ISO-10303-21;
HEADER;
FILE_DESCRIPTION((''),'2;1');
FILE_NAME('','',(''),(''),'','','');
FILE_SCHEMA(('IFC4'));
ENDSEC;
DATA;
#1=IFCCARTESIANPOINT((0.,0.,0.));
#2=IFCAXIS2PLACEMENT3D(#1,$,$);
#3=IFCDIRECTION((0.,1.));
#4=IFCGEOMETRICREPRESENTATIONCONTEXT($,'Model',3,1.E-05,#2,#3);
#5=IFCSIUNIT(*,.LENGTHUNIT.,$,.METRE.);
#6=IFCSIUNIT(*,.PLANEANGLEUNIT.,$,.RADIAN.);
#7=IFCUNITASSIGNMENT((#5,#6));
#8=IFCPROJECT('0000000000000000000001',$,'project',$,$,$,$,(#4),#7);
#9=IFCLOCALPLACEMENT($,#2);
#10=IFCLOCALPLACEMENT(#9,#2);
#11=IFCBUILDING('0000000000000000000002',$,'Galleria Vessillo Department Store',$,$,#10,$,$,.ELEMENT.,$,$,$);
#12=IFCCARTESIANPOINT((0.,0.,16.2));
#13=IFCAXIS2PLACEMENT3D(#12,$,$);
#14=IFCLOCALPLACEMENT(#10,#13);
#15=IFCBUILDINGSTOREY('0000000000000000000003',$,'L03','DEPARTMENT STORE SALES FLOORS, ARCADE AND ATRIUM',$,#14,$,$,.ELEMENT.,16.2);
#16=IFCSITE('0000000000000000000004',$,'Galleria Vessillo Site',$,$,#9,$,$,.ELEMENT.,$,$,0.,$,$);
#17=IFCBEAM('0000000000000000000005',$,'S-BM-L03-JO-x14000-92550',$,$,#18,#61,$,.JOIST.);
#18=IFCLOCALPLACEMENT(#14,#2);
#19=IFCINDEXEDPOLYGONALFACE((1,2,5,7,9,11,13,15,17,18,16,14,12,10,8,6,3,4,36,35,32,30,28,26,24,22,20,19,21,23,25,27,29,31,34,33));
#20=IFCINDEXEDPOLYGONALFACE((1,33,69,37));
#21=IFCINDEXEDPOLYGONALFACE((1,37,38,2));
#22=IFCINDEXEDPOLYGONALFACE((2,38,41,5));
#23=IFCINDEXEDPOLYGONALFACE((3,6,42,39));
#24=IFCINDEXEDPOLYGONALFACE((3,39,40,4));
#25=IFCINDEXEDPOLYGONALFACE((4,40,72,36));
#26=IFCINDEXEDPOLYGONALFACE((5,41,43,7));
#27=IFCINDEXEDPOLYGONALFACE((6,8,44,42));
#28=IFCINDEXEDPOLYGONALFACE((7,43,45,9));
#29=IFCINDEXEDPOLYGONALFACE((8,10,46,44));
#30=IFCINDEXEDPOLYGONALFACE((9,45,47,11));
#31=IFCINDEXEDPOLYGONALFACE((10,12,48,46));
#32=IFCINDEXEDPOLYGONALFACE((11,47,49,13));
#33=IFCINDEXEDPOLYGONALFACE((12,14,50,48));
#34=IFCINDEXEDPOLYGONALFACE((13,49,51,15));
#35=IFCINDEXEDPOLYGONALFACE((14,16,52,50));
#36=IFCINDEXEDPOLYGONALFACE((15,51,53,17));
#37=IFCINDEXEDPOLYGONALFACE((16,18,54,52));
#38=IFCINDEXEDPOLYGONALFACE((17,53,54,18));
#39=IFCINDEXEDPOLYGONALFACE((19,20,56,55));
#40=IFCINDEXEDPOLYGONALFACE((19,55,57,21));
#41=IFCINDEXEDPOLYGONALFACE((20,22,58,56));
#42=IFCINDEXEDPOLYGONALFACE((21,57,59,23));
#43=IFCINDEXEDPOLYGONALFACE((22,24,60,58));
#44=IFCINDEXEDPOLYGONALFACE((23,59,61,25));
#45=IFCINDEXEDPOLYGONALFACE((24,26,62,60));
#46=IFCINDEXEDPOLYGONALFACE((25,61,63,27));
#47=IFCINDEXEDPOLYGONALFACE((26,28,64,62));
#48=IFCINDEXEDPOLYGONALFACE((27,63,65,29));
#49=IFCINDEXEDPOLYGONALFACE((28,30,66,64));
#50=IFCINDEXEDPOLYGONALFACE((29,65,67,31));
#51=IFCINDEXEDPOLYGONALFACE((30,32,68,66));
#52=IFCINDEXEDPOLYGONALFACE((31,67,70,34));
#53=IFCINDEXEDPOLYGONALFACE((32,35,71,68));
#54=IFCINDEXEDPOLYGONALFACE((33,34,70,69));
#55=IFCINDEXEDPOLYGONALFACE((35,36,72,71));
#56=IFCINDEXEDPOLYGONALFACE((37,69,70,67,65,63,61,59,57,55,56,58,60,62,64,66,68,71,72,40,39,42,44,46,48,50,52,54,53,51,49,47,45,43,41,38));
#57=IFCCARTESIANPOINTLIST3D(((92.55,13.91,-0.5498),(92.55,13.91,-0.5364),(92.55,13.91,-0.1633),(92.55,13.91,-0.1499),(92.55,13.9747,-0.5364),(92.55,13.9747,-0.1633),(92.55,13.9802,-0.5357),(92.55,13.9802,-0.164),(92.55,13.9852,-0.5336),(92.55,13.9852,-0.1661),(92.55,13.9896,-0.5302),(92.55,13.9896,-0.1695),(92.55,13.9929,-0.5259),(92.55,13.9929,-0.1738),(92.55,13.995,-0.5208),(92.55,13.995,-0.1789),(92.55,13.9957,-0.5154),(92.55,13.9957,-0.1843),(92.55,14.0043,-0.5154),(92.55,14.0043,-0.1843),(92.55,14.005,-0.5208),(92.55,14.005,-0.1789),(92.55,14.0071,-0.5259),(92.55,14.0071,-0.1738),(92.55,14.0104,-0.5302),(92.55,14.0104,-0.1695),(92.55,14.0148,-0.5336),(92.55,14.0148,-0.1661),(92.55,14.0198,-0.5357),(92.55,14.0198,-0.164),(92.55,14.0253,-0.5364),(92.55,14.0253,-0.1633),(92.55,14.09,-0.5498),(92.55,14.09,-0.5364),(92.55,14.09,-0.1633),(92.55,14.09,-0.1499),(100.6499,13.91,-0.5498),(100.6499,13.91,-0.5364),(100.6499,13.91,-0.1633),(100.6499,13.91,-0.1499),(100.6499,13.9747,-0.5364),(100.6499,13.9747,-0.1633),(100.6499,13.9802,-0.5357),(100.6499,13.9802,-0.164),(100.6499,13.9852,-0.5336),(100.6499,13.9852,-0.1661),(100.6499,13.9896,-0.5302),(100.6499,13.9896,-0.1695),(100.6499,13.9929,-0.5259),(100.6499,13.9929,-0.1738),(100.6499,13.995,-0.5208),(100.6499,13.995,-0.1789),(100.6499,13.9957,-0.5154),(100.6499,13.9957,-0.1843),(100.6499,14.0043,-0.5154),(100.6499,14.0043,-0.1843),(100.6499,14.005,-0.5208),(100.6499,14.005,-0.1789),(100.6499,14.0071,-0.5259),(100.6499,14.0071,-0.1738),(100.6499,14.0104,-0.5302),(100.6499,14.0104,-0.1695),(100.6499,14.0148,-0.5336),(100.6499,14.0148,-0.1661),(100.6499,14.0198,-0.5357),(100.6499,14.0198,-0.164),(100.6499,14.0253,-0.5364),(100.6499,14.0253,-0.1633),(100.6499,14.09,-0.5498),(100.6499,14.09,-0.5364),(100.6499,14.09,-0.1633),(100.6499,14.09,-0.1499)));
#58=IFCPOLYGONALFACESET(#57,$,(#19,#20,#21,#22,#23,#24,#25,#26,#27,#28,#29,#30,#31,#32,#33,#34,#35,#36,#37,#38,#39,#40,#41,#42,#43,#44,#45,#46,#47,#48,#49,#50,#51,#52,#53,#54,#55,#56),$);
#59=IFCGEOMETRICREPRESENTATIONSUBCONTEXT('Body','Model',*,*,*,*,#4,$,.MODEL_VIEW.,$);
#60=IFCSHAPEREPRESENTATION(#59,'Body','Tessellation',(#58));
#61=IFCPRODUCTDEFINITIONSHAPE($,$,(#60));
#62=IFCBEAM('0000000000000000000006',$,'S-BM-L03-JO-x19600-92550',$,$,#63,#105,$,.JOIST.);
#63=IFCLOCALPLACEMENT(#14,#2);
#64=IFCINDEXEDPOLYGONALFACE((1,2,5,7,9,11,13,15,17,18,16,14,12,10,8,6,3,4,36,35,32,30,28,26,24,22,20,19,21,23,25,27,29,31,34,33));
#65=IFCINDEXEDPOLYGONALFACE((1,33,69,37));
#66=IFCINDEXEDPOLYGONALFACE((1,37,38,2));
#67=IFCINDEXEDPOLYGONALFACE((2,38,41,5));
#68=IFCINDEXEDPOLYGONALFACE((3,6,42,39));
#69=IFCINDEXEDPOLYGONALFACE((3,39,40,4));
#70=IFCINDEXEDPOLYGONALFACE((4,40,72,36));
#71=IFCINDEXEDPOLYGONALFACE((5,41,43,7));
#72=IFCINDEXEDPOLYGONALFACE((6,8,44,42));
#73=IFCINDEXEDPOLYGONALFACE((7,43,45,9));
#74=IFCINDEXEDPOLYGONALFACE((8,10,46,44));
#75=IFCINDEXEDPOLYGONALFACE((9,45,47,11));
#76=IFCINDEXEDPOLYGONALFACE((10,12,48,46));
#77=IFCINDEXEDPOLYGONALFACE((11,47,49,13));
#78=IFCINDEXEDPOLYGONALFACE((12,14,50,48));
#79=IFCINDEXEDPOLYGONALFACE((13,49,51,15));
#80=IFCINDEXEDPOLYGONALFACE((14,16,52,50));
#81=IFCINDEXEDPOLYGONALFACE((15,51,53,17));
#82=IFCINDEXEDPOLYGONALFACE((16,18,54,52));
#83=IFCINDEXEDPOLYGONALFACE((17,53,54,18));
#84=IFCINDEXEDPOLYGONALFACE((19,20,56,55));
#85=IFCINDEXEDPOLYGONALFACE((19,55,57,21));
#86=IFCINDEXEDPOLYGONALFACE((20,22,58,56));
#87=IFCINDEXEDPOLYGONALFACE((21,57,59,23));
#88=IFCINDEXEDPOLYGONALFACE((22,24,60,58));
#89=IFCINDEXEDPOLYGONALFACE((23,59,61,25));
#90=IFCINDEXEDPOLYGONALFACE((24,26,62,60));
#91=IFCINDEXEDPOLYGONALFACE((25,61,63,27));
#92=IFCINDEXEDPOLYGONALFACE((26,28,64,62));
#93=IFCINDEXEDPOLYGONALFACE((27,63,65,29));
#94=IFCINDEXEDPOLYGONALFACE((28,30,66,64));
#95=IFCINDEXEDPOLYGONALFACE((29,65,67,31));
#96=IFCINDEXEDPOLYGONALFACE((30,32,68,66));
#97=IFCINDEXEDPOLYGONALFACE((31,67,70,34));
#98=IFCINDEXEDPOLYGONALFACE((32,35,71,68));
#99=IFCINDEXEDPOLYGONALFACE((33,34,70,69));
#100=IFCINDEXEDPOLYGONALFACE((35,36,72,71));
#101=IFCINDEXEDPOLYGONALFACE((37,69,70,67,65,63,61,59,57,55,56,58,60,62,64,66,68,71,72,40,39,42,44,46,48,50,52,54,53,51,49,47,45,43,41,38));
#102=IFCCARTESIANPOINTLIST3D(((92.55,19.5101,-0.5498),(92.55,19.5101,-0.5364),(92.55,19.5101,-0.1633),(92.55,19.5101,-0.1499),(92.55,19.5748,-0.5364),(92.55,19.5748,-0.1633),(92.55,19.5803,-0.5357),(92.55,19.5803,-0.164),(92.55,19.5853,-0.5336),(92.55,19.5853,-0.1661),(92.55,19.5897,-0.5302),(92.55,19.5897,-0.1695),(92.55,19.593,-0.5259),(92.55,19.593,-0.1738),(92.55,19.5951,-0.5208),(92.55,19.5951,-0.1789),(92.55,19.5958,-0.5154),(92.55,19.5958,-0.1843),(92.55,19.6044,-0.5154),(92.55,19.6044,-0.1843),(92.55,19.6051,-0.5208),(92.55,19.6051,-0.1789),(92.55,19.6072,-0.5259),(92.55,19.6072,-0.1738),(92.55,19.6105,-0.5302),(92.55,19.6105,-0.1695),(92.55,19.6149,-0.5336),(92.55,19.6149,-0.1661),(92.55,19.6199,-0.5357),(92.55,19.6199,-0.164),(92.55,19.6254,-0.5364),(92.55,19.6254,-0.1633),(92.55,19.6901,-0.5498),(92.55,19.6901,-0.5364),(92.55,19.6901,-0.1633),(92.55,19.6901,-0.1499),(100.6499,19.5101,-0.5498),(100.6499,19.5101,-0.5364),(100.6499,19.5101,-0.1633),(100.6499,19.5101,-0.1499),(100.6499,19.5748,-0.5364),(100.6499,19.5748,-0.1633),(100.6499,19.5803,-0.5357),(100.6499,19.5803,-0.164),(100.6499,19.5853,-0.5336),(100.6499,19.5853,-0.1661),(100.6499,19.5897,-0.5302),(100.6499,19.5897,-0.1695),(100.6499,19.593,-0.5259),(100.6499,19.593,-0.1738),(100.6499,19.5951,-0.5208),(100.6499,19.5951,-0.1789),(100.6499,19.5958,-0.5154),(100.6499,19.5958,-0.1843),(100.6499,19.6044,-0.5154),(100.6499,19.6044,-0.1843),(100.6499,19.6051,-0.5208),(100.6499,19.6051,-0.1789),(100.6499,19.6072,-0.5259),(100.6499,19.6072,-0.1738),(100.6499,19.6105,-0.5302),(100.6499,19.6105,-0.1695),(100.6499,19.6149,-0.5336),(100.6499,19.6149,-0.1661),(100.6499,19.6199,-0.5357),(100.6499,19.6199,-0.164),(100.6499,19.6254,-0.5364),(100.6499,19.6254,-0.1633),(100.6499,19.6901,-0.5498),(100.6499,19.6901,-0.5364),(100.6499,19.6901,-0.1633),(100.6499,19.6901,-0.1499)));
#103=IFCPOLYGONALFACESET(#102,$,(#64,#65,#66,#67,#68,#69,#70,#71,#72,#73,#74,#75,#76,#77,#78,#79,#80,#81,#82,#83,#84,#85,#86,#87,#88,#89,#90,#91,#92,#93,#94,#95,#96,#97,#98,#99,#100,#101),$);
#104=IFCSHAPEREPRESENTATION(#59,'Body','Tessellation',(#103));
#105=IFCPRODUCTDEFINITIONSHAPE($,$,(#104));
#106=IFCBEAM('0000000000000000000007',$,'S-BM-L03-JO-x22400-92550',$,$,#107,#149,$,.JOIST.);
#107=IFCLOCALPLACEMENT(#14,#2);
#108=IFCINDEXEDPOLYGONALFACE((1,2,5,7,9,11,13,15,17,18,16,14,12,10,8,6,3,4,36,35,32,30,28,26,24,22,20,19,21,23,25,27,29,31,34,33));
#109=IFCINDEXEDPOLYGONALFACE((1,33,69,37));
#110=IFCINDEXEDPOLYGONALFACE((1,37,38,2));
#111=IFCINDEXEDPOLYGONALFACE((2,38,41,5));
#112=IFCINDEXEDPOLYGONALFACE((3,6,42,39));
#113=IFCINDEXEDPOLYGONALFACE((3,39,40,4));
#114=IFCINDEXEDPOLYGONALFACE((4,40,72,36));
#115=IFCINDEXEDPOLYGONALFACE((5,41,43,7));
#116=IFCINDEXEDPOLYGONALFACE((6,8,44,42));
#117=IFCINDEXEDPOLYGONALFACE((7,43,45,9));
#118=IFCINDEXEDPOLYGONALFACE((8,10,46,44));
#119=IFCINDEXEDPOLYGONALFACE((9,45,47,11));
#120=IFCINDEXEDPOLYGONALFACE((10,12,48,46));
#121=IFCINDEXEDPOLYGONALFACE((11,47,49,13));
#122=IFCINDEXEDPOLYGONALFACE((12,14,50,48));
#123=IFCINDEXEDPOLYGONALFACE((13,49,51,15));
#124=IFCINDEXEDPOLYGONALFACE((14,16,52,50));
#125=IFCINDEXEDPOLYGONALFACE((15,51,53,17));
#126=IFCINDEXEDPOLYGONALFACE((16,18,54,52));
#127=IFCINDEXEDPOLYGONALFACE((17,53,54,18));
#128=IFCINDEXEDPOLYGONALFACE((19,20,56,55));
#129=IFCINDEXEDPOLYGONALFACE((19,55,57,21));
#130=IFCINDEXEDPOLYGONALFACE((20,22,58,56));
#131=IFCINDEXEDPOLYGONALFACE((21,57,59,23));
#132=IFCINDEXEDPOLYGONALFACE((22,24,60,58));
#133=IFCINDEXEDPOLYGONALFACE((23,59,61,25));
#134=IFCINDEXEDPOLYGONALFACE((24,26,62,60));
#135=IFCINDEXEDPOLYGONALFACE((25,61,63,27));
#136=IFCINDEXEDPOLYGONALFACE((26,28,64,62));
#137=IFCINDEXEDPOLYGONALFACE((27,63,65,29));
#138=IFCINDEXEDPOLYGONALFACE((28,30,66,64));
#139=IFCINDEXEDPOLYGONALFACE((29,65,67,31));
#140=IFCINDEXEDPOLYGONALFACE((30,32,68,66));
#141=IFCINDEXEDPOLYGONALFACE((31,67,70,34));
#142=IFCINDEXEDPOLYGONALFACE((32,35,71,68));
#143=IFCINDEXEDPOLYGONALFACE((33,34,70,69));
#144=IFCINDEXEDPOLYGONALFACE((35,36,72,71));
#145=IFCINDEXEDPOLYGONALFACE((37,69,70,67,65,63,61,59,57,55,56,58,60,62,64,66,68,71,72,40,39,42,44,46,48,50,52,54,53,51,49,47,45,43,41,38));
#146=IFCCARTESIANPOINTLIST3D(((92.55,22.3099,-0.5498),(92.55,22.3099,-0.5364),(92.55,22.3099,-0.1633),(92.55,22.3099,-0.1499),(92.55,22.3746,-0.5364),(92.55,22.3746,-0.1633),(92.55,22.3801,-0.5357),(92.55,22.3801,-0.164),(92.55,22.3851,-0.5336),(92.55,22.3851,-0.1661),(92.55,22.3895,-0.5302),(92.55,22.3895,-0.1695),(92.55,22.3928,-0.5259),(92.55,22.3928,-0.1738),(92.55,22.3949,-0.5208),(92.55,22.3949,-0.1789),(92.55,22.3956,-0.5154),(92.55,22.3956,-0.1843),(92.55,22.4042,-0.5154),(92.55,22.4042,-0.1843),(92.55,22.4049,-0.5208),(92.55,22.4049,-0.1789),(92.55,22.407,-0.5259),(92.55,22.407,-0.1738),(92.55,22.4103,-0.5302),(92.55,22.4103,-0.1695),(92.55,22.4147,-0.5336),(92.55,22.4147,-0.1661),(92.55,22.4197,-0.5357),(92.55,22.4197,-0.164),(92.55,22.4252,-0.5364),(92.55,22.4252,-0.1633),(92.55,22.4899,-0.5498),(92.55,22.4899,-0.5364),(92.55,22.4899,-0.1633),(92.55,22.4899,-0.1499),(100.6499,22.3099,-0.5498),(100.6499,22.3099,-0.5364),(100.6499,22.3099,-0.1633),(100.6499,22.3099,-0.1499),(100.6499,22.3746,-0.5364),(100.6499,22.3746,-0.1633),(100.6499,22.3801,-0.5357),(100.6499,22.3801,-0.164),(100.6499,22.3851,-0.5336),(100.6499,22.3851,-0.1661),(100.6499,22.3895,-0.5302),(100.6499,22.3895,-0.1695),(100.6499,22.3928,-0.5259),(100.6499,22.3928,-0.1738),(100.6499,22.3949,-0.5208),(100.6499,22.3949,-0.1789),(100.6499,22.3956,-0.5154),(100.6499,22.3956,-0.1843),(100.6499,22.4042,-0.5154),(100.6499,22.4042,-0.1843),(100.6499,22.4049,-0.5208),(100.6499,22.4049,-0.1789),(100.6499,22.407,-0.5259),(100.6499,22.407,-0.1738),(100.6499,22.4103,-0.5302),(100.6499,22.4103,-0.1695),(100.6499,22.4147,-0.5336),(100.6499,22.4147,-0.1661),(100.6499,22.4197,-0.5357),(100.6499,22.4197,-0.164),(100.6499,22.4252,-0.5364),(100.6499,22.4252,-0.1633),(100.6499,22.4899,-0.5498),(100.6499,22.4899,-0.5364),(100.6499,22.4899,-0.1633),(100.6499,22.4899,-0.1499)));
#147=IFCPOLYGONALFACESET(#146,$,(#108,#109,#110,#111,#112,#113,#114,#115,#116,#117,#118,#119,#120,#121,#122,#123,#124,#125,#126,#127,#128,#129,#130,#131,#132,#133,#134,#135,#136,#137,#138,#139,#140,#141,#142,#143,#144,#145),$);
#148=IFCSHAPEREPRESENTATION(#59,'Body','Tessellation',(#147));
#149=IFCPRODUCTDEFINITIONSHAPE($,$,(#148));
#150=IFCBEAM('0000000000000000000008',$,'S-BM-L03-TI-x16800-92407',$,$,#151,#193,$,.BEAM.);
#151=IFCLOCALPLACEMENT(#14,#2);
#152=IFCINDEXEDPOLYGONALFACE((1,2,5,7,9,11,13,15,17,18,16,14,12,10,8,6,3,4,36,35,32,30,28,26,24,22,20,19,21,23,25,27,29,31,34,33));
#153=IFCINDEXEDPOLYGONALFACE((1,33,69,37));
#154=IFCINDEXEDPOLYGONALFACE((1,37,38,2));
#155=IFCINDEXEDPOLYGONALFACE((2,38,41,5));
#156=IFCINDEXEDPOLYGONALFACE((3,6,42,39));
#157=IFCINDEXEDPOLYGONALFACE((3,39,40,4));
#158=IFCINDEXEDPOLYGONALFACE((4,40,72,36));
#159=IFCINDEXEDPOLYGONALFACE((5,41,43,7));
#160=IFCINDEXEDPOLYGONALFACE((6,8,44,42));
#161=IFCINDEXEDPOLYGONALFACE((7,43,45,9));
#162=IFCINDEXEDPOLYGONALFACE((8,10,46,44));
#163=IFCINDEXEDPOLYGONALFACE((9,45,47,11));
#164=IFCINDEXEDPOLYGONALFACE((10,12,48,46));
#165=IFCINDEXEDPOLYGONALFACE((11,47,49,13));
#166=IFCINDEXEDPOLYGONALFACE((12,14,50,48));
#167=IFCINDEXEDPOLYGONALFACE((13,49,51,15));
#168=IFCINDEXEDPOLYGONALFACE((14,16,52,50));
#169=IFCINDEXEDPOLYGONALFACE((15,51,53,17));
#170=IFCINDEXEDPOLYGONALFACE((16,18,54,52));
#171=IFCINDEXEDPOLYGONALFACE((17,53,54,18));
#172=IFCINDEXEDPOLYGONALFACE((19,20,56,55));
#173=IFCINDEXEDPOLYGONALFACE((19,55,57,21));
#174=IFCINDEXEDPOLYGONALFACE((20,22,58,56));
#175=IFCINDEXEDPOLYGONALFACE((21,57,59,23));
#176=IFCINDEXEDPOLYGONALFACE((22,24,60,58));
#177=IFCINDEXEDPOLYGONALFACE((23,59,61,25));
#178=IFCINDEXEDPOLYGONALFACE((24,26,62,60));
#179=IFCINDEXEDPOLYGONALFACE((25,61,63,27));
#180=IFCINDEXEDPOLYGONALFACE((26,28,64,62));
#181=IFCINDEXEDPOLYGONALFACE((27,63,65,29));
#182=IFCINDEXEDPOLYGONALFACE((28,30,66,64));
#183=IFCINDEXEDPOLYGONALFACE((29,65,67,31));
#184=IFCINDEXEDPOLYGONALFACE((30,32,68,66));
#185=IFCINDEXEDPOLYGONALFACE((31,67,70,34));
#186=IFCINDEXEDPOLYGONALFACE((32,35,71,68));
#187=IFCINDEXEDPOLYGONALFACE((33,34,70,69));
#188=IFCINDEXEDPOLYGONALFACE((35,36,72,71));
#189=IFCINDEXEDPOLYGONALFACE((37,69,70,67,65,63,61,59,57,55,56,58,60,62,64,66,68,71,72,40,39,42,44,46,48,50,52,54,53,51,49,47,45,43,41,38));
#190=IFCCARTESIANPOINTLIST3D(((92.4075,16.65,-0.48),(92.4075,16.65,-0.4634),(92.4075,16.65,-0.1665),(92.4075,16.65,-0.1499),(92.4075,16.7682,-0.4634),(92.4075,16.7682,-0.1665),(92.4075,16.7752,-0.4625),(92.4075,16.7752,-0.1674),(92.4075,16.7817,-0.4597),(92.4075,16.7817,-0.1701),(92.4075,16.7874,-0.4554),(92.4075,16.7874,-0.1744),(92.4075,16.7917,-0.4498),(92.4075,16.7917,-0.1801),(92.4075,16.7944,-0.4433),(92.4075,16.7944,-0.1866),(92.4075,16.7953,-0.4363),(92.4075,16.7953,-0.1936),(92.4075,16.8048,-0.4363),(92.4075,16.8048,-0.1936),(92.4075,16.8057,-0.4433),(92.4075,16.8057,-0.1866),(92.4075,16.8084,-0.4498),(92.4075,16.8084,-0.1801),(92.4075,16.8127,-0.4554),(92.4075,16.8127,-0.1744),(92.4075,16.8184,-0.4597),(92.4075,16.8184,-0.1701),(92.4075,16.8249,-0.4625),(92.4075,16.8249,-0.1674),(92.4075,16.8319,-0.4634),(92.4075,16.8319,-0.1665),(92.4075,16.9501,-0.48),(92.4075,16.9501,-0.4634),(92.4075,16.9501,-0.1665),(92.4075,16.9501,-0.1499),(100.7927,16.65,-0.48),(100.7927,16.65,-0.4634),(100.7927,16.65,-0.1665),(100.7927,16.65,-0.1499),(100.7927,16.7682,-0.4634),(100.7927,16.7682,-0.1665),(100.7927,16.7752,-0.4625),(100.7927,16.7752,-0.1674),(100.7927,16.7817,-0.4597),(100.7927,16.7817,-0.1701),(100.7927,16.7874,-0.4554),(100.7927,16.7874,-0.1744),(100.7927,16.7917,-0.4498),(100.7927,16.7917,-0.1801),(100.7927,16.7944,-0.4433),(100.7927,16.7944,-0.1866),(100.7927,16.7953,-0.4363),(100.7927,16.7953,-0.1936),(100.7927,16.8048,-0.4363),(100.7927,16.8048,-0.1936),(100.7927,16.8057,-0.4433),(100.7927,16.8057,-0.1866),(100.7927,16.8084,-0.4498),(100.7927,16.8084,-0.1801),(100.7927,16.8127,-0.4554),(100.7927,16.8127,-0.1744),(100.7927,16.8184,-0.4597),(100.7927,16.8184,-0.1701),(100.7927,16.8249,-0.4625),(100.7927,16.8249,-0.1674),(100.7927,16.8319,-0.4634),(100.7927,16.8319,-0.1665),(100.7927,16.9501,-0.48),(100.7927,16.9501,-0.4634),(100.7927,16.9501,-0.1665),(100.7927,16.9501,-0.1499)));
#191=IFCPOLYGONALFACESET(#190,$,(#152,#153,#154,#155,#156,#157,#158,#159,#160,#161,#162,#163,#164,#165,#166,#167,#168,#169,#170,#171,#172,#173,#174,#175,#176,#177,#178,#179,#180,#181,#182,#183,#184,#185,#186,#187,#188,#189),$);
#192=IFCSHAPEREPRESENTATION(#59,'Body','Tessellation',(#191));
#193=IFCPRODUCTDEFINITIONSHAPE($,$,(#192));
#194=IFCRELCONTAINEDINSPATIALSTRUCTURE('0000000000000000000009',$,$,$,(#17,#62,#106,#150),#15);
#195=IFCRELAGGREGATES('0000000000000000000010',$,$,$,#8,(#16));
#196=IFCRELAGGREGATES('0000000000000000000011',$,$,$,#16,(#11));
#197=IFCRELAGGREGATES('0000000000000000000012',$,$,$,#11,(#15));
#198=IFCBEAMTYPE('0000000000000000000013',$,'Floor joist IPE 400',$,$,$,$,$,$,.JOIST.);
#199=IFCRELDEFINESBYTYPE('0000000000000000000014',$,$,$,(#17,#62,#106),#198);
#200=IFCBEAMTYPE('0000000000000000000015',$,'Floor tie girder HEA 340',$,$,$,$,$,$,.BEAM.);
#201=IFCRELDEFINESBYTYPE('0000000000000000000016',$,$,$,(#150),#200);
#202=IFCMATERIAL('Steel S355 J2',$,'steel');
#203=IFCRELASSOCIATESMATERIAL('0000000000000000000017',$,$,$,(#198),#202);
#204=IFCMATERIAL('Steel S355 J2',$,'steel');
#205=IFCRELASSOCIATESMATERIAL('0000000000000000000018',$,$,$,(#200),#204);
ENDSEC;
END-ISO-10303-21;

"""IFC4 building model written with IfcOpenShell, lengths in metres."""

from ifc_helpers import new_model, si_unit, direction, frame, origin, origin_2d, place, context, subcontext, project, spatial, i_section, extrude, material, material_profile, profile_set, type_object, element, save


model = new_model("IFC4")

# Units and contexts
model_context = context("Model", 3, precision=1e-05, world=origin(), true_north=direction((0.0, 1.0)))
body_context = subcontext(model_context, "Body", "Model", "MODEL_VIEW")
ifc_project = project(units=[si_unit("LENGTHUNIT", "METRE"), si_unit("PLANEANGLEUNIT", "RADIAN")], contexts=[model_context])

# Site, building, storey
site_placement = place(None, origin())
site = spatial("IfcSite", under=ifc_project, at=site_placement, Name="Galleria Vessillo Site", CompositionType="ELEMENT", RefElevation=0.0)
building_placement = place(site_placement, origin())
building = spatial("IfcBuilding", under=site, at=building_placement, Name="Galleria Vessillo Department Store", CompositionType="ELEMENT")
storey_placement = place(building_placement, frame((0.0, 0.0, 16.2)))
storey = spatial("IfcBuildingStorey", under=building, at=storey_placement, Name="L03", Description="DEPARTMENT STORE SALES FLOORS, ARCADE AND ATRIUM", CompositionType="ELEMENT", Elevation=16.2)

# Beams
ifc_material_1 = material(Name="Steel S355 J2", Category="steel")
ifc_material_profile_1 = material_profile(ifc_material_1, i_section(OverallWidth=0.1799, OverallDepth=0.3999, WebThickness=0.0085, FlangeThickness=0.0134, FilletRadius=0.021, at=origin_2d()), Name="IPE 400")
ifc_profile_set_1 = profile_set([ifc_material_profile_1], Name="Steel S355 J2")
beam_type_1 = type_object("IfcBeamType", Name="Floor joist IPE 400", PredefinedType="JOIST", material=ifc_profile_set_1)
for number, where, z_axis, x_axis, name in (
    (1, (92.55, 14.0, -0.3499), (1.0, 0.0, 0.0), (0.0, 1.0, 0.0), "S-BM-L03-JO-x14000-92550"),
    (2, (92.55, 19.6001, -0.3499), (1.0, 0.0, 0.0), (0.0, 1.0, 0.0), "S-BM-L03-JO-x19600-92550"),
    (3, (92.55, 22.3999, -0.3499), (1.0, 0.0, 0.0), (0.0, 1.0, 0.0), "S-BM-L03-JO-x22400-92550"),
):
    element("IfcBeam", number, at=place(storey_placement, frame(where, z_axis=z_axis, x_axis=x_axis)), inside=storey, type_object=beam_type_1, Name=name, PredefinedType="JOIST", context=body_context, shape_type="SweptSolid", body=[
        extrude(i_section(OverallWidth=0.1799, OverallDepth=0.3999, WebThickness=0.0085, FlangeThickness=0.0134, FilletRadius=0.021, at=origin_2d()), origin(), (0.0, 0.0, 1.0), 8.0999),
    ])
ifc_material_2 = material(Name="Steel S355 J2", Category="steel")
ifc_material_profile_2 = material_profile(ifc_material_2, i_section(OverallWidth=0.3, OverallDepth=0.3301, WebThickness=0.0095, FlangeThickness=0.0166, FilletRadius=0.0271, at=origin_2d()), Name="HEA 340")
ifc_profile_set_2 = profile_set([ifc_material_profile_2], Name="Steel S355 J2")
beam_type_2 = type_object("IfcBeamType", Name="Floor tie girder HEA 340", PredefinedType="BEAM", material=ifc_profile_set_2)
beam_1_placement = place(storey_placement, frame((92.4075, 16.8, -0.3149), z_axis=(1.0, 0.0, 0.0), x_axis=(0.0, 1.0, 0.0)))
element("IfcBeam", 4, at=beam_1_placement, inside=storey, type_object=beam_type_2, Name="S-BM-L03-TI-x16800-92407", PredefinedType="BEAM", context=body_context, shape_type="SweptSolid", body=[
    extrude(i_section(OverallWidth=0.3, OverallDepth=0.3301, WebThickness=0.0095, FlangeThickness=0.0166, FilletRadius=0.0271, at=origin_2d()), origin(), (0.0, 0.0, 1.0), 8.3853),
])

save(model, "model.ifc")
